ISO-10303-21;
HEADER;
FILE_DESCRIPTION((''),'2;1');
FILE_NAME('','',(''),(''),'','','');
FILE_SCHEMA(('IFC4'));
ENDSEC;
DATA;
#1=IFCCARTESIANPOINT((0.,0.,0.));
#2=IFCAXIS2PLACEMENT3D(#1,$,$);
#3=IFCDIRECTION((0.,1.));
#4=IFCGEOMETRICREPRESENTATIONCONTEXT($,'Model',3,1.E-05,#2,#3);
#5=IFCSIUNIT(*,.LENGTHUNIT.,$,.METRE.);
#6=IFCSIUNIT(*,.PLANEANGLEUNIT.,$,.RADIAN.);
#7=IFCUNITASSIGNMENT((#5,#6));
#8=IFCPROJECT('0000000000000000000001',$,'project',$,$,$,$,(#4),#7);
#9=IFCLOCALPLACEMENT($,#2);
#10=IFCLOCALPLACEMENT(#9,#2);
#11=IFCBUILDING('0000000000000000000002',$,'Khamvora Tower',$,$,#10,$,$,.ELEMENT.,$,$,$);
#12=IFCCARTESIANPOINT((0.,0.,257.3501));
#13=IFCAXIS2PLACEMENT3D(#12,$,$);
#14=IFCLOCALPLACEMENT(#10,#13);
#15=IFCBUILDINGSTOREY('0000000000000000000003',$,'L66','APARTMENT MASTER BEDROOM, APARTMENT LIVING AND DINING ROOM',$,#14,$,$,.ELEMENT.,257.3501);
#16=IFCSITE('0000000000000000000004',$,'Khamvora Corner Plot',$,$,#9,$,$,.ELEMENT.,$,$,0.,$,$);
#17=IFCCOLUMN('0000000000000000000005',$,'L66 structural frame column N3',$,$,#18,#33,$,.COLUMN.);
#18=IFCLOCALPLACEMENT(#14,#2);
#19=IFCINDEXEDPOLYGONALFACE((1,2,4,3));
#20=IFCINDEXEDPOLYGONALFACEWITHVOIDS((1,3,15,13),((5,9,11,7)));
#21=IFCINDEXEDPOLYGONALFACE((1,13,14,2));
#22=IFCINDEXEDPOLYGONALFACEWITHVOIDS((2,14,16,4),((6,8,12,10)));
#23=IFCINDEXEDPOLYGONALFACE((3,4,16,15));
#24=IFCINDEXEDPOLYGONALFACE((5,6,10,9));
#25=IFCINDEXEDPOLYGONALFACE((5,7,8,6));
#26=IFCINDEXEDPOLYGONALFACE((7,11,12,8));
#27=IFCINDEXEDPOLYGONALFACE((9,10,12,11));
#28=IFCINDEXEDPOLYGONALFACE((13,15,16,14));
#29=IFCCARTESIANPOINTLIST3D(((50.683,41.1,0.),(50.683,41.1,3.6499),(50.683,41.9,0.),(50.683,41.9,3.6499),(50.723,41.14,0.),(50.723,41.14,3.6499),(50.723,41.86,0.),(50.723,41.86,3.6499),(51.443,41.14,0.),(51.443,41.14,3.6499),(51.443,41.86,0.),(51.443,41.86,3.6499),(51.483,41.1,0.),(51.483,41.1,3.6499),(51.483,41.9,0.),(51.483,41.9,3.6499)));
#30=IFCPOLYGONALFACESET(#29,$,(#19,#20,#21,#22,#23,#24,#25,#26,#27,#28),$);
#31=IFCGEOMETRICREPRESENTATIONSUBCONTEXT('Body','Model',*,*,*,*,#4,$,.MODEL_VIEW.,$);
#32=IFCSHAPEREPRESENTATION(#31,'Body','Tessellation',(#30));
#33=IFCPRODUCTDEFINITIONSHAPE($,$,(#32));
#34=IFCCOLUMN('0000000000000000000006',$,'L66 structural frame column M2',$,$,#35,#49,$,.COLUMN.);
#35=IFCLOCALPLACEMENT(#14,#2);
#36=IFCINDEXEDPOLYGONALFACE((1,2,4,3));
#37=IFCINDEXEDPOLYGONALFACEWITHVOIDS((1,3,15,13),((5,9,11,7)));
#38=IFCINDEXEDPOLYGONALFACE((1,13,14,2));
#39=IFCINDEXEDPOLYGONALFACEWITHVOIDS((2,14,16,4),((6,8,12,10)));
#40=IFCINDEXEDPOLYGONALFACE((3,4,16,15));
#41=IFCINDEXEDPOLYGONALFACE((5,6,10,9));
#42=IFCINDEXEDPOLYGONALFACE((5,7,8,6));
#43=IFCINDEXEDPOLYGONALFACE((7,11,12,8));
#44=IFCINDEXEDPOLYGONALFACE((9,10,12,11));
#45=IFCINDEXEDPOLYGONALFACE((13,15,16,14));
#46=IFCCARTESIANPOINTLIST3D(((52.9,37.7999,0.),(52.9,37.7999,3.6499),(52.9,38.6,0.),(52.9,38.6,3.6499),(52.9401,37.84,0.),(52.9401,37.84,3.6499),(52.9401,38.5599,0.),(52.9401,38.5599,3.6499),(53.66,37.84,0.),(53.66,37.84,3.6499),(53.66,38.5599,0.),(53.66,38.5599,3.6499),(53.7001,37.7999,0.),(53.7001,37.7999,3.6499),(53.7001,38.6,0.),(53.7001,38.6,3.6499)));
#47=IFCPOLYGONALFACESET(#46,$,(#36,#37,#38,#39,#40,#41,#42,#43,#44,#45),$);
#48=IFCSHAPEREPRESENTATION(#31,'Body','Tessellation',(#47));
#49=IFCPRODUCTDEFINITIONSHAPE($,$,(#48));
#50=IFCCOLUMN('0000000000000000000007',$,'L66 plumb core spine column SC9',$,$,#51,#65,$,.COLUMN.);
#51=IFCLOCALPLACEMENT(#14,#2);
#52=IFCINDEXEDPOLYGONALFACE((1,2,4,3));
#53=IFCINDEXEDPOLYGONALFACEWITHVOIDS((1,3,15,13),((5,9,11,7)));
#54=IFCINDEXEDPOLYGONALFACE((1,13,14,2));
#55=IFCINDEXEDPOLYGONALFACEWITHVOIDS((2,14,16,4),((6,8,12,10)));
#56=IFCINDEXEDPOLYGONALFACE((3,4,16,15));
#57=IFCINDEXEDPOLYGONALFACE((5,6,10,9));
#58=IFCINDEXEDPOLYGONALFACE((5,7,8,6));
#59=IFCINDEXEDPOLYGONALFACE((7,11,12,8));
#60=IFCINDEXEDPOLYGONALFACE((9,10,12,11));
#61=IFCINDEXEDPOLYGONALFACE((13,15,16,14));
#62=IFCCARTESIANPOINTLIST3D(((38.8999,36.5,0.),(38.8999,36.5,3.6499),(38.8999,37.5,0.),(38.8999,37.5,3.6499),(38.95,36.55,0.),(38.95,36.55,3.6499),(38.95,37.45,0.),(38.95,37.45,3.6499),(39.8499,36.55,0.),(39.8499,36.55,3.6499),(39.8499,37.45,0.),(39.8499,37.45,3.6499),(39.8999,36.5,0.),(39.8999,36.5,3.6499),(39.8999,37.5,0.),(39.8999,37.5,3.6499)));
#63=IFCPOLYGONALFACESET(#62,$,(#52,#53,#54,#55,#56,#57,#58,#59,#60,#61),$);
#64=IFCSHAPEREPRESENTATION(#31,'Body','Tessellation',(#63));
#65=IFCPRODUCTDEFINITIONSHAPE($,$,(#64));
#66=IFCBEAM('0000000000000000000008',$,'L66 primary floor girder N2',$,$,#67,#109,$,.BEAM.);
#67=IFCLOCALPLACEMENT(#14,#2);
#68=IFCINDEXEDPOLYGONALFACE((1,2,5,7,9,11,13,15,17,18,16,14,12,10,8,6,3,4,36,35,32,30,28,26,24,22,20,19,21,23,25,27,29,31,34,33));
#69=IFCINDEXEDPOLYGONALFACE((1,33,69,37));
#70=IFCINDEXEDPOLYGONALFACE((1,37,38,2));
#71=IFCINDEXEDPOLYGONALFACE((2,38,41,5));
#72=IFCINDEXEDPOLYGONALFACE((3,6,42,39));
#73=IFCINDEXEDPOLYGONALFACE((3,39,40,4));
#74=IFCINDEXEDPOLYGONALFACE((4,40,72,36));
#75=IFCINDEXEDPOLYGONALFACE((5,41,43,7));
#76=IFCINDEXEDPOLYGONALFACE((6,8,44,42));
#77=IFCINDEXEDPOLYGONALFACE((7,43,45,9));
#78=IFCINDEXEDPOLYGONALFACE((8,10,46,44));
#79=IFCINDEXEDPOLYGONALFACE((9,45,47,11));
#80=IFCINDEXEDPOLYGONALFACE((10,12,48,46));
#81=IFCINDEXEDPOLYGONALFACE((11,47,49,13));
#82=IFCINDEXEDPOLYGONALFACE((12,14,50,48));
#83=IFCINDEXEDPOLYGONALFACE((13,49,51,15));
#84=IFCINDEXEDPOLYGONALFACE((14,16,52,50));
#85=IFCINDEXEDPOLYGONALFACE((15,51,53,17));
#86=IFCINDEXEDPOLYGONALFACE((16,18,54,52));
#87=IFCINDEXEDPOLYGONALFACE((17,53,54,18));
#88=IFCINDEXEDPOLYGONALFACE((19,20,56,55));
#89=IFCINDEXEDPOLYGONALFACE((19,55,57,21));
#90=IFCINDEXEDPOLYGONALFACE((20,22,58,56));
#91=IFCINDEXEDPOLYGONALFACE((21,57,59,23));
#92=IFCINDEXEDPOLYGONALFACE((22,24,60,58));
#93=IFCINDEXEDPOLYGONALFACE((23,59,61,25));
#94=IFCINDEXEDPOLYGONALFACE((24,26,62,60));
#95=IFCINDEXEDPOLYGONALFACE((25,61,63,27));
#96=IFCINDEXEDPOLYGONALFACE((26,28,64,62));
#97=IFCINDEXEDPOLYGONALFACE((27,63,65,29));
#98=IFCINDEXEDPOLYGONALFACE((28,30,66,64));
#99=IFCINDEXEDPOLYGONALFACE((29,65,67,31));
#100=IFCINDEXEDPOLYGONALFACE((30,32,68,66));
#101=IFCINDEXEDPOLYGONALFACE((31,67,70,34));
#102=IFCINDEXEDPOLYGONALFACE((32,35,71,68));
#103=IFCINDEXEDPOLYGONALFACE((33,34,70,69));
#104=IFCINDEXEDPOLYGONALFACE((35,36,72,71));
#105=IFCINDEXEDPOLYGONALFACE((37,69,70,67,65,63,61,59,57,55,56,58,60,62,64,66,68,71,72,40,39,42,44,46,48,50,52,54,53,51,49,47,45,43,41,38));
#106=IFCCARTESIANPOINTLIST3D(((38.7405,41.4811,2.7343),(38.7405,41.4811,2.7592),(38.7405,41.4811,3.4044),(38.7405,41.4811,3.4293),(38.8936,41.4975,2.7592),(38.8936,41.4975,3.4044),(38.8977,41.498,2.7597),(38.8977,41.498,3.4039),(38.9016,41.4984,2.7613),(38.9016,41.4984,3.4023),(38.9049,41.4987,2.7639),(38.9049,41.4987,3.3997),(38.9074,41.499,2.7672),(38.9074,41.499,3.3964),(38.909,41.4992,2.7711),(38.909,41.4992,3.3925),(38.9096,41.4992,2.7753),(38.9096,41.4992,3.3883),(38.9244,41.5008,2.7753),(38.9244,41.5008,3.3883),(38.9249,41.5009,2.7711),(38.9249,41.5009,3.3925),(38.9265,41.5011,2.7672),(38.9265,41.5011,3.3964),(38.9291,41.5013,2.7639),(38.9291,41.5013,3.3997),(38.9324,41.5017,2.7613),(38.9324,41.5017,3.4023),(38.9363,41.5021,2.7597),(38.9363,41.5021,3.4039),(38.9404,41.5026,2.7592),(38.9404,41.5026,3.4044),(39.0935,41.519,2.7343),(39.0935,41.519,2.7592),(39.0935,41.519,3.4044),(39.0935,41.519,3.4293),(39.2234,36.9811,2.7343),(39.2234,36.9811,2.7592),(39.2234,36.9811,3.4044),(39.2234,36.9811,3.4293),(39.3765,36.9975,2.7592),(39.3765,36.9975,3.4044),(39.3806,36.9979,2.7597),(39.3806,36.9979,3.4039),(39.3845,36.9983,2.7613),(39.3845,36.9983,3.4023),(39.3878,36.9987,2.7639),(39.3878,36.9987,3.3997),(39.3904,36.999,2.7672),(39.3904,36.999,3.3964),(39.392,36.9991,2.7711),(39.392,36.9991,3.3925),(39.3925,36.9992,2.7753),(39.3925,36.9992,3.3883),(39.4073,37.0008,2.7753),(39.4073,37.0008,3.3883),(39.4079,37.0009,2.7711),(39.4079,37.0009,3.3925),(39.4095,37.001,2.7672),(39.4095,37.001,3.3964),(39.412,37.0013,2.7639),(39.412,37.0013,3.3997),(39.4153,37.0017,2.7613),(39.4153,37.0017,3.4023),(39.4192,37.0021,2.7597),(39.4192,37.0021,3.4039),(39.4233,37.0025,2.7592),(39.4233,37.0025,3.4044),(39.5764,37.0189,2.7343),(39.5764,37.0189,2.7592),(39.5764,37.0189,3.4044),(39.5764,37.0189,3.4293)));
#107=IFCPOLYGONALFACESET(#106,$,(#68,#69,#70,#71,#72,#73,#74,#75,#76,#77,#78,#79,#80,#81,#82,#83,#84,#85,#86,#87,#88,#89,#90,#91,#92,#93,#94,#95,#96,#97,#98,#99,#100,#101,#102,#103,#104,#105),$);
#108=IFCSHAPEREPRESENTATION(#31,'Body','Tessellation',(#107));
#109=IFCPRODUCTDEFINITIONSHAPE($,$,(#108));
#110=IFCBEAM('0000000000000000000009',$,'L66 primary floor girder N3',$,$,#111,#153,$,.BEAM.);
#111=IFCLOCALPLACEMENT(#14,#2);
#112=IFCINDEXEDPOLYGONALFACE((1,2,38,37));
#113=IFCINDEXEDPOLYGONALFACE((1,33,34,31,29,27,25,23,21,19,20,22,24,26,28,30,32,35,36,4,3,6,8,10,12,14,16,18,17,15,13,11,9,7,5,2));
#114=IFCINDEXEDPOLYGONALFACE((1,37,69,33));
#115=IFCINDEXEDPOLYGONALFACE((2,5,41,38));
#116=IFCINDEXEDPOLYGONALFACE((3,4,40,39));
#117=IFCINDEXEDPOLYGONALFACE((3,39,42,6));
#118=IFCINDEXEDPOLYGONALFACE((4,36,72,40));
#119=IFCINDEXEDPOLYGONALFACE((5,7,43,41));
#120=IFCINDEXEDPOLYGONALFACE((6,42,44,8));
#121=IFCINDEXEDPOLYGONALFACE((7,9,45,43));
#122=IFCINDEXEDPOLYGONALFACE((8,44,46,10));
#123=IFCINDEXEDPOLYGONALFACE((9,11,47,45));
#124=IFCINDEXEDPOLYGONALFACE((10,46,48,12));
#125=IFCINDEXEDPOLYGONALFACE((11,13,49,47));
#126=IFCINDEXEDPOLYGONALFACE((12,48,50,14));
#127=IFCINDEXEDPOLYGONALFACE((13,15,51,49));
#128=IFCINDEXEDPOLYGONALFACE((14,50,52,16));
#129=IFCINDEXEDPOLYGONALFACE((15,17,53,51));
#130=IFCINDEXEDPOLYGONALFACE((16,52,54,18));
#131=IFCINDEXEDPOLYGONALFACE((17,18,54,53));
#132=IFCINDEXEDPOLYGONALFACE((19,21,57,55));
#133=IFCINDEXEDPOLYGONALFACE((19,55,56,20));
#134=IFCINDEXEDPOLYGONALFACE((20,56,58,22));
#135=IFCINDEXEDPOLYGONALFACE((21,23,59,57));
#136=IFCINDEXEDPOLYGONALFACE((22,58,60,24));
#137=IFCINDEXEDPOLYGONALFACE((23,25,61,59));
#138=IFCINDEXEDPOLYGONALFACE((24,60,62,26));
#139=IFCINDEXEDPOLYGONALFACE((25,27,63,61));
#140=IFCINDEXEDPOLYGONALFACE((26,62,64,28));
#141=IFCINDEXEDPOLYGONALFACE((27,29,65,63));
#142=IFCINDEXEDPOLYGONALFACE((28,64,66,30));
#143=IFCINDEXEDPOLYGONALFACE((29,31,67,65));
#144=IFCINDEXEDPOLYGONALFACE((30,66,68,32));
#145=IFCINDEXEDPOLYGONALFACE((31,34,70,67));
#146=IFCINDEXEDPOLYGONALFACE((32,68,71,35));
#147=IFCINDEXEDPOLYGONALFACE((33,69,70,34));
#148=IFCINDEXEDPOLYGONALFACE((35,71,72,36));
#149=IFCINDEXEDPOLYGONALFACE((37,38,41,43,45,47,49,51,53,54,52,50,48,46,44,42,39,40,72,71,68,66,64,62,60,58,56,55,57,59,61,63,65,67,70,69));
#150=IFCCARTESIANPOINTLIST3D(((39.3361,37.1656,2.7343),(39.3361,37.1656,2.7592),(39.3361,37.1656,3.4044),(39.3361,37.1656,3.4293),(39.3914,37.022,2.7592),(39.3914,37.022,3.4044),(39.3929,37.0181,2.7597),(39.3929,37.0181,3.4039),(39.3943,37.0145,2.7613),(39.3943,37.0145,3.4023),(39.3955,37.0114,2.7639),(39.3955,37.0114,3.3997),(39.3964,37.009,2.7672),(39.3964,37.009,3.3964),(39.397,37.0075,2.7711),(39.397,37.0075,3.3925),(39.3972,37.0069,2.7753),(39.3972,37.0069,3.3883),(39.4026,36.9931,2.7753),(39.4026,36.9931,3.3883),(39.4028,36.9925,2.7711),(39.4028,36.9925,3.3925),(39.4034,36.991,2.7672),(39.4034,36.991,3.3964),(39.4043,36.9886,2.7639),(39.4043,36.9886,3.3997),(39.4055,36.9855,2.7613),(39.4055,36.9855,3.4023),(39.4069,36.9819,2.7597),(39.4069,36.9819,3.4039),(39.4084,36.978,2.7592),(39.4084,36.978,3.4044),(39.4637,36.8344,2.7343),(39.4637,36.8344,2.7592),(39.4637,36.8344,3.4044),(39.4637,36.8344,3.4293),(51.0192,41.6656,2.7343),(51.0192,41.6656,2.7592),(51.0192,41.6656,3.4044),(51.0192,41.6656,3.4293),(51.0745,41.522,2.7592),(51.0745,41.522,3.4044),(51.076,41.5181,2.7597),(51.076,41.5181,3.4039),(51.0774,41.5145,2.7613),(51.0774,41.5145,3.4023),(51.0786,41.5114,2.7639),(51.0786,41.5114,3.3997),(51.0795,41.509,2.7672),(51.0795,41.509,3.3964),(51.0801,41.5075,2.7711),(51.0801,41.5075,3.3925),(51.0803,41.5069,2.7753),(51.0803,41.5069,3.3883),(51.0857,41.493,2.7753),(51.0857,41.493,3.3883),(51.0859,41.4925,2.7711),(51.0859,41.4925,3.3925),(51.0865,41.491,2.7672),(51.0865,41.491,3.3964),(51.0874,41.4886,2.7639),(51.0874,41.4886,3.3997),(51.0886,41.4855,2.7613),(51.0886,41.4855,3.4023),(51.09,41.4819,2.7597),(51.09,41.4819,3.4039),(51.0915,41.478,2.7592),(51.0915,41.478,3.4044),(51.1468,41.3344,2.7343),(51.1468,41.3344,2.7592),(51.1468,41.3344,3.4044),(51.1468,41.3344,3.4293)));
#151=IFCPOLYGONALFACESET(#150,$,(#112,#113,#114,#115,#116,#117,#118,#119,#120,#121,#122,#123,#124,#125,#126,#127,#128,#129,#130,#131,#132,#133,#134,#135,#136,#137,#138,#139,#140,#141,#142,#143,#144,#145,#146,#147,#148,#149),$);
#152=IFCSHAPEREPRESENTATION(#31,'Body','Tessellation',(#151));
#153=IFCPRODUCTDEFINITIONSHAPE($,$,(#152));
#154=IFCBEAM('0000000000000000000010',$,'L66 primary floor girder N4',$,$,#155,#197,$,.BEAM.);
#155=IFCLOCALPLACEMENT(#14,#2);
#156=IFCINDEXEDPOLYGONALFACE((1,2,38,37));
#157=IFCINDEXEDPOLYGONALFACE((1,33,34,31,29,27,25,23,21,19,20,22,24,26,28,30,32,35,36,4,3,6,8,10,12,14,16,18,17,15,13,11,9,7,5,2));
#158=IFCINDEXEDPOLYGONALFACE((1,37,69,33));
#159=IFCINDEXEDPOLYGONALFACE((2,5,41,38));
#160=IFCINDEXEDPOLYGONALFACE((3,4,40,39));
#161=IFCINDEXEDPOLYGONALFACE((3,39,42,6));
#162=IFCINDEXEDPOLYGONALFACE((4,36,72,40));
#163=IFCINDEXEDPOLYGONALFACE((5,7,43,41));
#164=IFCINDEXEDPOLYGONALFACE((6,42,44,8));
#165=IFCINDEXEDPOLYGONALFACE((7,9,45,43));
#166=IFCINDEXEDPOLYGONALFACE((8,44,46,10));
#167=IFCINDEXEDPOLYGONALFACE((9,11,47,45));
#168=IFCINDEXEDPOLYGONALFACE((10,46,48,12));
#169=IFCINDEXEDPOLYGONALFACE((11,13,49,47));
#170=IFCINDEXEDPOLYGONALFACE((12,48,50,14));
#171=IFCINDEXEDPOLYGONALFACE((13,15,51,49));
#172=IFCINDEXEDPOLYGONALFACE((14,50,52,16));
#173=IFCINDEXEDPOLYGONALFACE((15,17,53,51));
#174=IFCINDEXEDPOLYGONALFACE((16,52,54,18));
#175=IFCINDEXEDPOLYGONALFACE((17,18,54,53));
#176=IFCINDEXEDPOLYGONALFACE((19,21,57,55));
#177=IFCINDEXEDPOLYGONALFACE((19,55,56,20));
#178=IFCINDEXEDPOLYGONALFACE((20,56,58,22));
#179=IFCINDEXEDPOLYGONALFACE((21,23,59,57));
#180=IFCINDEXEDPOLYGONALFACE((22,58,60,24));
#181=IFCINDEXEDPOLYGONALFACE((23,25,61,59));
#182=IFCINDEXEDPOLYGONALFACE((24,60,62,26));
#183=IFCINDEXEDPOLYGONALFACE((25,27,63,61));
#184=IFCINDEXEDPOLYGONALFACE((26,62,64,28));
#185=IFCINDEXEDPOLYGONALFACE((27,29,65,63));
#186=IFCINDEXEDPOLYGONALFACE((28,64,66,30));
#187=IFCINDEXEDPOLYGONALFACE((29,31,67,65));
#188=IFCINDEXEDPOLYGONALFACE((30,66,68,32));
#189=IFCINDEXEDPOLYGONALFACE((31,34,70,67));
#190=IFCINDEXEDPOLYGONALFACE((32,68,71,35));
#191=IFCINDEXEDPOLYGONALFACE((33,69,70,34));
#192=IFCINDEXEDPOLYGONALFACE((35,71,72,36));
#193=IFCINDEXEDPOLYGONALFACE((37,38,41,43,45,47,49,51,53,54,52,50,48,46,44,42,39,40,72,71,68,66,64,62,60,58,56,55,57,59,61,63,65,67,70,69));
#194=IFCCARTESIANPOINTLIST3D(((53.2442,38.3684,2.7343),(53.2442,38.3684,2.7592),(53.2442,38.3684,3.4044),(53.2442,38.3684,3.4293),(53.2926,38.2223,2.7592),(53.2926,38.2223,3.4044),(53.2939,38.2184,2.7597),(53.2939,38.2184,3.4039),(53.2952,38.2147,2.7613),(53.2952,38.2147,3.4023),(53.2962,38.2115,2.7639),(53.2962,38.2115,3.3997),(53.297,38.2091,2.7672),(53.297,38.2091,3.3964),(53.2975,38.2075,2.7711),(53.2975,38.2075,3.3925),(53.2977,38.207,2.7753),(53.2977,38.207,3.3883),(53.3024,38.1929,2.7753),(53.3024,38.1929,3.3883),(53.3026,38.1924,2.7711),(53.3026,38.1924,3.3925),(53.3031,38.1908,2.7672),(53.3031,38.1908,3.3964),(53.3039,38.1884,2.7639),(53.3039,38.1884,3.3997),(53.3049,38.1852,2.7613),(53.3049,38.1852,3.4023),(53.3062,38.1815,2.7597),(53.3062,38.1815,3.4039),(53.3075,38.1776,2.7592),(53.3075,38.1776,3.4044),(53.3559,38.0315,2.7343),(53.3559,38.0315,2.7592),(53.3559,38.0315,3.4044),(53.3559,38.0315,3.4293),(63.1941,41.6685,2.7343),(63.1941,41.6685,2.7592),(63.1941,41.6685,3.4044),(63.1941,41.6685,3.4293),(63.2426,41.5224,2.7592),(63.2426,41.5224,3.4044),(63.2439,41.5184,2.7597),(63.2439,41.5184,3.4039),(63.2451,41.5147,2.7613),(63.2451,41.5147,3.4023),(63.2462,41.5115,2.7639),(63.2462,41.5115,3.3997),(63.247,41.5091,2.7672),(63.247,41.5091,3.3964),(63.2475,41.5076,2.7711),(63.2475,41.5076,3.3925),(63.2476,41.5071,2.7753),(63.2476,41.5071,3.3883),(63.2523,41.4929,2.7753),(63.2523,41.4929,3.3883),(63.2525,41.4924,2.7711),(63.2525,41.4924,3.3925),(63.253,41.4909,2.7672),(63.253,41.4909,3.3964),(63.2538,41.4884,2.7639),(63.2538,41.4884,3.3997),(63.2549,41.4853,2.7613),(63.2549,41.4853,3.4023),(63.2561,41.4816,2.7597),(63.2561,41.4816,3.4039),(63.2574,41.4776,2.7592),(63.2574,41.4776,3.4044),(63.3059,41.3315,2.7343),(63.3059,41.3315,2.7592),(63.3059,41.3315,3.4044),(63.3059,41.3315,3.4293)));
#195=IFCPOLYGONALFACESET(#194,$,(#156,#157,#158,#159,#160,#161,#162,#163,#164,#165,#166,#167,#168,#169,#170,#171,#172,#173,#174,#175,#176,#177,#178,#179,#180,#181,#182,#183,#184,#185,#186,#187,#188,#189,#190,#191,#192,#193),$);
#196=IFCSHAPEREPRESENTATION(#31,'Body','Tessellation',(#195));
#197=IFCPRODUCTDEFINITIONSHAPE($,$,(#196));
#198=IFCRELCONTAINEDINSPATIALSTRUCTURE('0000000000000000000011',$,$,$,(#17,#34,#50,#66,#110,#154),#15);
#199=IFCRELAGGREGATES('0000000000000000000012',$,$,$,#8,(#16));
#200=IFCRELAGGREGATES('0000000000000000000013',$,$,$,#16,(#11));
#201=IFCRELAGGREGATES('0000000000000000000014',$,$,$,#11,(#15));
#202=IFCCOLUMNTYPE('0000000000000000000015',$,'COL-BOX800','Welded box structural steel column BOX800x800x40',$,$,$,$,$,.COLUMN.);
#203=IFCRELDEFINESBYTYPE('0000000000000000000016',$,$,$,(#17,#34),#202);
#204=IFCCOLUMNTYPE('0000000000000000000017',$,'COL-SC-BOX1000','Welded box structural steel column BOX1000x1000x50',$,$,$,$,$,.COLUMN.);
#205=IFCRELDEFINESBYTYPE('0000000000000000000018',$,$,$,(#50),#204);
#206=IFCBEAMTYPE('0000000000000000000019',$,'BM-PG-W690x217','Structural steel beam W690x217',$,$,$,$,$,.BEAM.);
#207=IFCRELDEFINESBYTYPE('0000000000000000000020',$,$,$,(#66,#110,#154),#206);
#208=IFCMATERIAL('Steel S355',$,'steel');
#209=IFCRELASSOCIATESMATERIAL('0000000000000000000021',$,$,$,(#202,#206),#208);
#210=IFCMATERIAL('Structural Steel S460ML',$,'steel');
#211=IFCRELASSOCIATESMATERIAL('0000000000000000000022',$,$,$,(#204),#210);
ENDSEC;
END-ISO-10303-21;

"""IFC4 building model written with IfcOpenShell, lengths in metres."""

from ifc_helpers import new_model, si_unit, direction, frame, origin, origin_2d, place, context, subcontext, project, spatial, hollow_rectangle, i_section, extrude, material, material_profile, profile_set, type_object, element, save


model = new_model("IFC4")

# Units and contexts
model_context = context("Model", 3, precision=1e-05, world=origin(), true_north=direction((0.0, 1.0)))
body_context = subcontext(model_context, "Body", "Model", "MODEL_VIEW")
ifc_project = project(units=[si_unit("LENGTHUNIT", "METRE"), si_unit("PLANEANGLEUNIT", "RADIAN")], contexts=[model_context])

# Site, building, storey
site_placement = place(None, origin())
site = spatial("IfcSite", under=ifc_project, at=site_placement, Name="Khamvora Corner Plot", CompositionType="ELEMENT", RefElevation=0.0)
building_placement = place(site_placement, origin())
building = spatial("IfcBuilding", under=site, at=building_placement, Name="Khamvora Tower", CompositionType="ELEMENT")
storey_placement = place(building_placement, frame((0.0, 0.0, 257.3501)))
storey = spatial("IfcBuildingStorey", under=building, at=storey_placement, Name="L66", Description="APARTMENT MASTER BEDROOM, APARTMENT LIVING AND DINING ROOM", CompositionType="ELEMENT", Elevation=257.3501)

# Columns
ifc_material_1 = material(Name="Steel S355", Category="steel")
ifc_material_profile_1 = material_profile(ifc_material_1, hollow_rectangle(XDim=0.8, YDim=0.8, WallThickness=0.04, at=origin_2d()), Name="BOX800x800x40")
ifc_profile_set_1 = profile_set([ifc_material_profile_1], Name="Steel S355")
column_type_1 = type_object("IfcColumnType", Name="COL-BOX800", Description="Welded box structural steel column BOX800x800x40", PredefinedType="COLUMN", material=ifc_profile_set_1)
for number, where, z_axis, x_axis, name in (
    (1, (51.083, 41.5, 0.0), (0.0, 0.0, 1.0), (1.0, 0.0, 0.0), "L66 structural frame column N3"),
    (2, (53.3, 38.2, 0.0), (0.0, 0.0, 1.0), (1.0, 0.0, 0.0), "L66 structural frame column M2"),
):
    element("IfcColumn", number, at=place(storey_placement, frame(where, z_axis=z_axis, x_axis=x_axis)), inside=storey, type_object=column_type_1, Name=name, PredefinedType="COLUMN", context=body_context, shape_type="SweptSolid", body=[
        extrude(hollow_rectangle(XDim=0.8, YDim=0.8, WallThickness=0.04, at=origin_2d()), origin(), (0.0, 0.0, 1.0), 3.6499),
    ])
ifc_material_2 = material(Name="Structural Steel S460ML", Category="steel")
ifc_material_profile_2 = material_profile(ifc_material_2, hollow_rectangle(XDim=1.0, YDim=1.0, WallThickness=0.05, at=origin_2d()), Name="BOX1000x1000x50")
ifc_profile_set_2 = profile_set([ifc_material_profile_2], Name="Structural Steel S460ML")
column_type_2 = type_object("IfcColumnType", Name="COL-SC-BOX1000", Description="Welded box structural steel column BOX1000x1000x50", PredefinedType="COLUMN", material=ifc_profile_set_2)
column_placement = place(storey_placement, frame((39.3999, 37.0, 0.0), z_axis=(0.0, 0.0, 1.0), x_axis=(1.0, 0.0, 0.0)))
element("IfcColumn", 3, at=column_placement, inside=storey, type_object=column_type_2, Name="L66 plumb core spine column SC9", PredefinedType="COLUMN", context=body_context, shape_type="SweptSolid", body=[
    extrude(hollow_rectangle(XDim=1.0, YDim=1.0, WallThickness=0.05, at=origin_2d()), origin(), (0.0, 0.0, 1.0), 3.6499),
])

# Beams
ifc_material_profile_3 = material_profile(ifc_material_1, i_section(OverallWidth=0.355, OverallDepth=0.6951, WebThickness=0.0149, FlangeThickness=0.0249, FilletRadius=0.0161, at=origin_2d()), Name="W690x217")
ifc_profile_set_3 = profile_set([ifc_material_profile_3], Name="Steel S355")
beam_type_1 = type_object("IfcBeamType", Name="BM-PG-W690x217", Description="Structural steel beam W690x217", PredefinedType="BEAM", material=ifc_profile_set_3)
beam_1_placement = place(storey_placement, frame((39.3999, 37.0, 3.0818), z_axis=(-0.106701, 0.994291, 0.0), x_axis=(-0.994291, -0.106701, 0.0)))
element("IfcBeam", 4, at=beam_1_placement, inside=storey, type_object=beam_type_1, Name="L66 primary floor girder N2", PredefinedType="BEAM", context=body_context, shape_type="SweptSolid", body=[
    extrude(i_section(OverallWidth=0.355, OverallDepth=0.6951, WebThickness=0.0149, FlangeThickness=0.0249, FilletRadius=0.0161, at=origin_2d()), origin(), (0.0, 0.0, 1.0), 4.5259),
])
beam_2_placement = place(storey_placement, frame((39.3999, 37.0, 3.0818), z_axis=(0.933172, 0.359431, 0.0), x_axis=(-0.359431, 0.933172, 0.0)))
element("IfcBeam", 5, at=beam_2_placement, inside=storey, type_object=beam_type_1, Name="L66 primary floor girder N3", PredefinedType="BEAM", context=body_context, shape_type="SweptSolid", body=[
    extrude(i_section(OverallWidth=0.355, OverallDepth=0.6951, WebThickness=0.0149, FlangeThickness=0.0249, FilletRadius=0.0161, at=origin_2d()), origin(), (0.0, 0.0, 1.0), 12.5198),
])
beam_3_placement = place(storey_placement, frame((53.3, 38.2, 3.0818), z_axis=(0.949157, 0.314802, 0.0), x_axis=(-0.314802, 0.949157, 0.0)))
element("IfcBeam", 6, at=beam_3_placement, inside=storey, type_object=beam_type_1, Name="L66 primary floor girder N4", PredefinedType="BEAM", context=body_context, shape_type="SweptSolid", body=[
    extrude(i_section(OverallWidth=0.355, OverallDepth=0.6951, WebThickness=0.0149, FlangeThickness=0.0249, FilletRadius=0.0161, at=origin_2d()), origin(), (0.0, 0.0, 1.0), 10.4829),
])

save(model, "model.ifc")
